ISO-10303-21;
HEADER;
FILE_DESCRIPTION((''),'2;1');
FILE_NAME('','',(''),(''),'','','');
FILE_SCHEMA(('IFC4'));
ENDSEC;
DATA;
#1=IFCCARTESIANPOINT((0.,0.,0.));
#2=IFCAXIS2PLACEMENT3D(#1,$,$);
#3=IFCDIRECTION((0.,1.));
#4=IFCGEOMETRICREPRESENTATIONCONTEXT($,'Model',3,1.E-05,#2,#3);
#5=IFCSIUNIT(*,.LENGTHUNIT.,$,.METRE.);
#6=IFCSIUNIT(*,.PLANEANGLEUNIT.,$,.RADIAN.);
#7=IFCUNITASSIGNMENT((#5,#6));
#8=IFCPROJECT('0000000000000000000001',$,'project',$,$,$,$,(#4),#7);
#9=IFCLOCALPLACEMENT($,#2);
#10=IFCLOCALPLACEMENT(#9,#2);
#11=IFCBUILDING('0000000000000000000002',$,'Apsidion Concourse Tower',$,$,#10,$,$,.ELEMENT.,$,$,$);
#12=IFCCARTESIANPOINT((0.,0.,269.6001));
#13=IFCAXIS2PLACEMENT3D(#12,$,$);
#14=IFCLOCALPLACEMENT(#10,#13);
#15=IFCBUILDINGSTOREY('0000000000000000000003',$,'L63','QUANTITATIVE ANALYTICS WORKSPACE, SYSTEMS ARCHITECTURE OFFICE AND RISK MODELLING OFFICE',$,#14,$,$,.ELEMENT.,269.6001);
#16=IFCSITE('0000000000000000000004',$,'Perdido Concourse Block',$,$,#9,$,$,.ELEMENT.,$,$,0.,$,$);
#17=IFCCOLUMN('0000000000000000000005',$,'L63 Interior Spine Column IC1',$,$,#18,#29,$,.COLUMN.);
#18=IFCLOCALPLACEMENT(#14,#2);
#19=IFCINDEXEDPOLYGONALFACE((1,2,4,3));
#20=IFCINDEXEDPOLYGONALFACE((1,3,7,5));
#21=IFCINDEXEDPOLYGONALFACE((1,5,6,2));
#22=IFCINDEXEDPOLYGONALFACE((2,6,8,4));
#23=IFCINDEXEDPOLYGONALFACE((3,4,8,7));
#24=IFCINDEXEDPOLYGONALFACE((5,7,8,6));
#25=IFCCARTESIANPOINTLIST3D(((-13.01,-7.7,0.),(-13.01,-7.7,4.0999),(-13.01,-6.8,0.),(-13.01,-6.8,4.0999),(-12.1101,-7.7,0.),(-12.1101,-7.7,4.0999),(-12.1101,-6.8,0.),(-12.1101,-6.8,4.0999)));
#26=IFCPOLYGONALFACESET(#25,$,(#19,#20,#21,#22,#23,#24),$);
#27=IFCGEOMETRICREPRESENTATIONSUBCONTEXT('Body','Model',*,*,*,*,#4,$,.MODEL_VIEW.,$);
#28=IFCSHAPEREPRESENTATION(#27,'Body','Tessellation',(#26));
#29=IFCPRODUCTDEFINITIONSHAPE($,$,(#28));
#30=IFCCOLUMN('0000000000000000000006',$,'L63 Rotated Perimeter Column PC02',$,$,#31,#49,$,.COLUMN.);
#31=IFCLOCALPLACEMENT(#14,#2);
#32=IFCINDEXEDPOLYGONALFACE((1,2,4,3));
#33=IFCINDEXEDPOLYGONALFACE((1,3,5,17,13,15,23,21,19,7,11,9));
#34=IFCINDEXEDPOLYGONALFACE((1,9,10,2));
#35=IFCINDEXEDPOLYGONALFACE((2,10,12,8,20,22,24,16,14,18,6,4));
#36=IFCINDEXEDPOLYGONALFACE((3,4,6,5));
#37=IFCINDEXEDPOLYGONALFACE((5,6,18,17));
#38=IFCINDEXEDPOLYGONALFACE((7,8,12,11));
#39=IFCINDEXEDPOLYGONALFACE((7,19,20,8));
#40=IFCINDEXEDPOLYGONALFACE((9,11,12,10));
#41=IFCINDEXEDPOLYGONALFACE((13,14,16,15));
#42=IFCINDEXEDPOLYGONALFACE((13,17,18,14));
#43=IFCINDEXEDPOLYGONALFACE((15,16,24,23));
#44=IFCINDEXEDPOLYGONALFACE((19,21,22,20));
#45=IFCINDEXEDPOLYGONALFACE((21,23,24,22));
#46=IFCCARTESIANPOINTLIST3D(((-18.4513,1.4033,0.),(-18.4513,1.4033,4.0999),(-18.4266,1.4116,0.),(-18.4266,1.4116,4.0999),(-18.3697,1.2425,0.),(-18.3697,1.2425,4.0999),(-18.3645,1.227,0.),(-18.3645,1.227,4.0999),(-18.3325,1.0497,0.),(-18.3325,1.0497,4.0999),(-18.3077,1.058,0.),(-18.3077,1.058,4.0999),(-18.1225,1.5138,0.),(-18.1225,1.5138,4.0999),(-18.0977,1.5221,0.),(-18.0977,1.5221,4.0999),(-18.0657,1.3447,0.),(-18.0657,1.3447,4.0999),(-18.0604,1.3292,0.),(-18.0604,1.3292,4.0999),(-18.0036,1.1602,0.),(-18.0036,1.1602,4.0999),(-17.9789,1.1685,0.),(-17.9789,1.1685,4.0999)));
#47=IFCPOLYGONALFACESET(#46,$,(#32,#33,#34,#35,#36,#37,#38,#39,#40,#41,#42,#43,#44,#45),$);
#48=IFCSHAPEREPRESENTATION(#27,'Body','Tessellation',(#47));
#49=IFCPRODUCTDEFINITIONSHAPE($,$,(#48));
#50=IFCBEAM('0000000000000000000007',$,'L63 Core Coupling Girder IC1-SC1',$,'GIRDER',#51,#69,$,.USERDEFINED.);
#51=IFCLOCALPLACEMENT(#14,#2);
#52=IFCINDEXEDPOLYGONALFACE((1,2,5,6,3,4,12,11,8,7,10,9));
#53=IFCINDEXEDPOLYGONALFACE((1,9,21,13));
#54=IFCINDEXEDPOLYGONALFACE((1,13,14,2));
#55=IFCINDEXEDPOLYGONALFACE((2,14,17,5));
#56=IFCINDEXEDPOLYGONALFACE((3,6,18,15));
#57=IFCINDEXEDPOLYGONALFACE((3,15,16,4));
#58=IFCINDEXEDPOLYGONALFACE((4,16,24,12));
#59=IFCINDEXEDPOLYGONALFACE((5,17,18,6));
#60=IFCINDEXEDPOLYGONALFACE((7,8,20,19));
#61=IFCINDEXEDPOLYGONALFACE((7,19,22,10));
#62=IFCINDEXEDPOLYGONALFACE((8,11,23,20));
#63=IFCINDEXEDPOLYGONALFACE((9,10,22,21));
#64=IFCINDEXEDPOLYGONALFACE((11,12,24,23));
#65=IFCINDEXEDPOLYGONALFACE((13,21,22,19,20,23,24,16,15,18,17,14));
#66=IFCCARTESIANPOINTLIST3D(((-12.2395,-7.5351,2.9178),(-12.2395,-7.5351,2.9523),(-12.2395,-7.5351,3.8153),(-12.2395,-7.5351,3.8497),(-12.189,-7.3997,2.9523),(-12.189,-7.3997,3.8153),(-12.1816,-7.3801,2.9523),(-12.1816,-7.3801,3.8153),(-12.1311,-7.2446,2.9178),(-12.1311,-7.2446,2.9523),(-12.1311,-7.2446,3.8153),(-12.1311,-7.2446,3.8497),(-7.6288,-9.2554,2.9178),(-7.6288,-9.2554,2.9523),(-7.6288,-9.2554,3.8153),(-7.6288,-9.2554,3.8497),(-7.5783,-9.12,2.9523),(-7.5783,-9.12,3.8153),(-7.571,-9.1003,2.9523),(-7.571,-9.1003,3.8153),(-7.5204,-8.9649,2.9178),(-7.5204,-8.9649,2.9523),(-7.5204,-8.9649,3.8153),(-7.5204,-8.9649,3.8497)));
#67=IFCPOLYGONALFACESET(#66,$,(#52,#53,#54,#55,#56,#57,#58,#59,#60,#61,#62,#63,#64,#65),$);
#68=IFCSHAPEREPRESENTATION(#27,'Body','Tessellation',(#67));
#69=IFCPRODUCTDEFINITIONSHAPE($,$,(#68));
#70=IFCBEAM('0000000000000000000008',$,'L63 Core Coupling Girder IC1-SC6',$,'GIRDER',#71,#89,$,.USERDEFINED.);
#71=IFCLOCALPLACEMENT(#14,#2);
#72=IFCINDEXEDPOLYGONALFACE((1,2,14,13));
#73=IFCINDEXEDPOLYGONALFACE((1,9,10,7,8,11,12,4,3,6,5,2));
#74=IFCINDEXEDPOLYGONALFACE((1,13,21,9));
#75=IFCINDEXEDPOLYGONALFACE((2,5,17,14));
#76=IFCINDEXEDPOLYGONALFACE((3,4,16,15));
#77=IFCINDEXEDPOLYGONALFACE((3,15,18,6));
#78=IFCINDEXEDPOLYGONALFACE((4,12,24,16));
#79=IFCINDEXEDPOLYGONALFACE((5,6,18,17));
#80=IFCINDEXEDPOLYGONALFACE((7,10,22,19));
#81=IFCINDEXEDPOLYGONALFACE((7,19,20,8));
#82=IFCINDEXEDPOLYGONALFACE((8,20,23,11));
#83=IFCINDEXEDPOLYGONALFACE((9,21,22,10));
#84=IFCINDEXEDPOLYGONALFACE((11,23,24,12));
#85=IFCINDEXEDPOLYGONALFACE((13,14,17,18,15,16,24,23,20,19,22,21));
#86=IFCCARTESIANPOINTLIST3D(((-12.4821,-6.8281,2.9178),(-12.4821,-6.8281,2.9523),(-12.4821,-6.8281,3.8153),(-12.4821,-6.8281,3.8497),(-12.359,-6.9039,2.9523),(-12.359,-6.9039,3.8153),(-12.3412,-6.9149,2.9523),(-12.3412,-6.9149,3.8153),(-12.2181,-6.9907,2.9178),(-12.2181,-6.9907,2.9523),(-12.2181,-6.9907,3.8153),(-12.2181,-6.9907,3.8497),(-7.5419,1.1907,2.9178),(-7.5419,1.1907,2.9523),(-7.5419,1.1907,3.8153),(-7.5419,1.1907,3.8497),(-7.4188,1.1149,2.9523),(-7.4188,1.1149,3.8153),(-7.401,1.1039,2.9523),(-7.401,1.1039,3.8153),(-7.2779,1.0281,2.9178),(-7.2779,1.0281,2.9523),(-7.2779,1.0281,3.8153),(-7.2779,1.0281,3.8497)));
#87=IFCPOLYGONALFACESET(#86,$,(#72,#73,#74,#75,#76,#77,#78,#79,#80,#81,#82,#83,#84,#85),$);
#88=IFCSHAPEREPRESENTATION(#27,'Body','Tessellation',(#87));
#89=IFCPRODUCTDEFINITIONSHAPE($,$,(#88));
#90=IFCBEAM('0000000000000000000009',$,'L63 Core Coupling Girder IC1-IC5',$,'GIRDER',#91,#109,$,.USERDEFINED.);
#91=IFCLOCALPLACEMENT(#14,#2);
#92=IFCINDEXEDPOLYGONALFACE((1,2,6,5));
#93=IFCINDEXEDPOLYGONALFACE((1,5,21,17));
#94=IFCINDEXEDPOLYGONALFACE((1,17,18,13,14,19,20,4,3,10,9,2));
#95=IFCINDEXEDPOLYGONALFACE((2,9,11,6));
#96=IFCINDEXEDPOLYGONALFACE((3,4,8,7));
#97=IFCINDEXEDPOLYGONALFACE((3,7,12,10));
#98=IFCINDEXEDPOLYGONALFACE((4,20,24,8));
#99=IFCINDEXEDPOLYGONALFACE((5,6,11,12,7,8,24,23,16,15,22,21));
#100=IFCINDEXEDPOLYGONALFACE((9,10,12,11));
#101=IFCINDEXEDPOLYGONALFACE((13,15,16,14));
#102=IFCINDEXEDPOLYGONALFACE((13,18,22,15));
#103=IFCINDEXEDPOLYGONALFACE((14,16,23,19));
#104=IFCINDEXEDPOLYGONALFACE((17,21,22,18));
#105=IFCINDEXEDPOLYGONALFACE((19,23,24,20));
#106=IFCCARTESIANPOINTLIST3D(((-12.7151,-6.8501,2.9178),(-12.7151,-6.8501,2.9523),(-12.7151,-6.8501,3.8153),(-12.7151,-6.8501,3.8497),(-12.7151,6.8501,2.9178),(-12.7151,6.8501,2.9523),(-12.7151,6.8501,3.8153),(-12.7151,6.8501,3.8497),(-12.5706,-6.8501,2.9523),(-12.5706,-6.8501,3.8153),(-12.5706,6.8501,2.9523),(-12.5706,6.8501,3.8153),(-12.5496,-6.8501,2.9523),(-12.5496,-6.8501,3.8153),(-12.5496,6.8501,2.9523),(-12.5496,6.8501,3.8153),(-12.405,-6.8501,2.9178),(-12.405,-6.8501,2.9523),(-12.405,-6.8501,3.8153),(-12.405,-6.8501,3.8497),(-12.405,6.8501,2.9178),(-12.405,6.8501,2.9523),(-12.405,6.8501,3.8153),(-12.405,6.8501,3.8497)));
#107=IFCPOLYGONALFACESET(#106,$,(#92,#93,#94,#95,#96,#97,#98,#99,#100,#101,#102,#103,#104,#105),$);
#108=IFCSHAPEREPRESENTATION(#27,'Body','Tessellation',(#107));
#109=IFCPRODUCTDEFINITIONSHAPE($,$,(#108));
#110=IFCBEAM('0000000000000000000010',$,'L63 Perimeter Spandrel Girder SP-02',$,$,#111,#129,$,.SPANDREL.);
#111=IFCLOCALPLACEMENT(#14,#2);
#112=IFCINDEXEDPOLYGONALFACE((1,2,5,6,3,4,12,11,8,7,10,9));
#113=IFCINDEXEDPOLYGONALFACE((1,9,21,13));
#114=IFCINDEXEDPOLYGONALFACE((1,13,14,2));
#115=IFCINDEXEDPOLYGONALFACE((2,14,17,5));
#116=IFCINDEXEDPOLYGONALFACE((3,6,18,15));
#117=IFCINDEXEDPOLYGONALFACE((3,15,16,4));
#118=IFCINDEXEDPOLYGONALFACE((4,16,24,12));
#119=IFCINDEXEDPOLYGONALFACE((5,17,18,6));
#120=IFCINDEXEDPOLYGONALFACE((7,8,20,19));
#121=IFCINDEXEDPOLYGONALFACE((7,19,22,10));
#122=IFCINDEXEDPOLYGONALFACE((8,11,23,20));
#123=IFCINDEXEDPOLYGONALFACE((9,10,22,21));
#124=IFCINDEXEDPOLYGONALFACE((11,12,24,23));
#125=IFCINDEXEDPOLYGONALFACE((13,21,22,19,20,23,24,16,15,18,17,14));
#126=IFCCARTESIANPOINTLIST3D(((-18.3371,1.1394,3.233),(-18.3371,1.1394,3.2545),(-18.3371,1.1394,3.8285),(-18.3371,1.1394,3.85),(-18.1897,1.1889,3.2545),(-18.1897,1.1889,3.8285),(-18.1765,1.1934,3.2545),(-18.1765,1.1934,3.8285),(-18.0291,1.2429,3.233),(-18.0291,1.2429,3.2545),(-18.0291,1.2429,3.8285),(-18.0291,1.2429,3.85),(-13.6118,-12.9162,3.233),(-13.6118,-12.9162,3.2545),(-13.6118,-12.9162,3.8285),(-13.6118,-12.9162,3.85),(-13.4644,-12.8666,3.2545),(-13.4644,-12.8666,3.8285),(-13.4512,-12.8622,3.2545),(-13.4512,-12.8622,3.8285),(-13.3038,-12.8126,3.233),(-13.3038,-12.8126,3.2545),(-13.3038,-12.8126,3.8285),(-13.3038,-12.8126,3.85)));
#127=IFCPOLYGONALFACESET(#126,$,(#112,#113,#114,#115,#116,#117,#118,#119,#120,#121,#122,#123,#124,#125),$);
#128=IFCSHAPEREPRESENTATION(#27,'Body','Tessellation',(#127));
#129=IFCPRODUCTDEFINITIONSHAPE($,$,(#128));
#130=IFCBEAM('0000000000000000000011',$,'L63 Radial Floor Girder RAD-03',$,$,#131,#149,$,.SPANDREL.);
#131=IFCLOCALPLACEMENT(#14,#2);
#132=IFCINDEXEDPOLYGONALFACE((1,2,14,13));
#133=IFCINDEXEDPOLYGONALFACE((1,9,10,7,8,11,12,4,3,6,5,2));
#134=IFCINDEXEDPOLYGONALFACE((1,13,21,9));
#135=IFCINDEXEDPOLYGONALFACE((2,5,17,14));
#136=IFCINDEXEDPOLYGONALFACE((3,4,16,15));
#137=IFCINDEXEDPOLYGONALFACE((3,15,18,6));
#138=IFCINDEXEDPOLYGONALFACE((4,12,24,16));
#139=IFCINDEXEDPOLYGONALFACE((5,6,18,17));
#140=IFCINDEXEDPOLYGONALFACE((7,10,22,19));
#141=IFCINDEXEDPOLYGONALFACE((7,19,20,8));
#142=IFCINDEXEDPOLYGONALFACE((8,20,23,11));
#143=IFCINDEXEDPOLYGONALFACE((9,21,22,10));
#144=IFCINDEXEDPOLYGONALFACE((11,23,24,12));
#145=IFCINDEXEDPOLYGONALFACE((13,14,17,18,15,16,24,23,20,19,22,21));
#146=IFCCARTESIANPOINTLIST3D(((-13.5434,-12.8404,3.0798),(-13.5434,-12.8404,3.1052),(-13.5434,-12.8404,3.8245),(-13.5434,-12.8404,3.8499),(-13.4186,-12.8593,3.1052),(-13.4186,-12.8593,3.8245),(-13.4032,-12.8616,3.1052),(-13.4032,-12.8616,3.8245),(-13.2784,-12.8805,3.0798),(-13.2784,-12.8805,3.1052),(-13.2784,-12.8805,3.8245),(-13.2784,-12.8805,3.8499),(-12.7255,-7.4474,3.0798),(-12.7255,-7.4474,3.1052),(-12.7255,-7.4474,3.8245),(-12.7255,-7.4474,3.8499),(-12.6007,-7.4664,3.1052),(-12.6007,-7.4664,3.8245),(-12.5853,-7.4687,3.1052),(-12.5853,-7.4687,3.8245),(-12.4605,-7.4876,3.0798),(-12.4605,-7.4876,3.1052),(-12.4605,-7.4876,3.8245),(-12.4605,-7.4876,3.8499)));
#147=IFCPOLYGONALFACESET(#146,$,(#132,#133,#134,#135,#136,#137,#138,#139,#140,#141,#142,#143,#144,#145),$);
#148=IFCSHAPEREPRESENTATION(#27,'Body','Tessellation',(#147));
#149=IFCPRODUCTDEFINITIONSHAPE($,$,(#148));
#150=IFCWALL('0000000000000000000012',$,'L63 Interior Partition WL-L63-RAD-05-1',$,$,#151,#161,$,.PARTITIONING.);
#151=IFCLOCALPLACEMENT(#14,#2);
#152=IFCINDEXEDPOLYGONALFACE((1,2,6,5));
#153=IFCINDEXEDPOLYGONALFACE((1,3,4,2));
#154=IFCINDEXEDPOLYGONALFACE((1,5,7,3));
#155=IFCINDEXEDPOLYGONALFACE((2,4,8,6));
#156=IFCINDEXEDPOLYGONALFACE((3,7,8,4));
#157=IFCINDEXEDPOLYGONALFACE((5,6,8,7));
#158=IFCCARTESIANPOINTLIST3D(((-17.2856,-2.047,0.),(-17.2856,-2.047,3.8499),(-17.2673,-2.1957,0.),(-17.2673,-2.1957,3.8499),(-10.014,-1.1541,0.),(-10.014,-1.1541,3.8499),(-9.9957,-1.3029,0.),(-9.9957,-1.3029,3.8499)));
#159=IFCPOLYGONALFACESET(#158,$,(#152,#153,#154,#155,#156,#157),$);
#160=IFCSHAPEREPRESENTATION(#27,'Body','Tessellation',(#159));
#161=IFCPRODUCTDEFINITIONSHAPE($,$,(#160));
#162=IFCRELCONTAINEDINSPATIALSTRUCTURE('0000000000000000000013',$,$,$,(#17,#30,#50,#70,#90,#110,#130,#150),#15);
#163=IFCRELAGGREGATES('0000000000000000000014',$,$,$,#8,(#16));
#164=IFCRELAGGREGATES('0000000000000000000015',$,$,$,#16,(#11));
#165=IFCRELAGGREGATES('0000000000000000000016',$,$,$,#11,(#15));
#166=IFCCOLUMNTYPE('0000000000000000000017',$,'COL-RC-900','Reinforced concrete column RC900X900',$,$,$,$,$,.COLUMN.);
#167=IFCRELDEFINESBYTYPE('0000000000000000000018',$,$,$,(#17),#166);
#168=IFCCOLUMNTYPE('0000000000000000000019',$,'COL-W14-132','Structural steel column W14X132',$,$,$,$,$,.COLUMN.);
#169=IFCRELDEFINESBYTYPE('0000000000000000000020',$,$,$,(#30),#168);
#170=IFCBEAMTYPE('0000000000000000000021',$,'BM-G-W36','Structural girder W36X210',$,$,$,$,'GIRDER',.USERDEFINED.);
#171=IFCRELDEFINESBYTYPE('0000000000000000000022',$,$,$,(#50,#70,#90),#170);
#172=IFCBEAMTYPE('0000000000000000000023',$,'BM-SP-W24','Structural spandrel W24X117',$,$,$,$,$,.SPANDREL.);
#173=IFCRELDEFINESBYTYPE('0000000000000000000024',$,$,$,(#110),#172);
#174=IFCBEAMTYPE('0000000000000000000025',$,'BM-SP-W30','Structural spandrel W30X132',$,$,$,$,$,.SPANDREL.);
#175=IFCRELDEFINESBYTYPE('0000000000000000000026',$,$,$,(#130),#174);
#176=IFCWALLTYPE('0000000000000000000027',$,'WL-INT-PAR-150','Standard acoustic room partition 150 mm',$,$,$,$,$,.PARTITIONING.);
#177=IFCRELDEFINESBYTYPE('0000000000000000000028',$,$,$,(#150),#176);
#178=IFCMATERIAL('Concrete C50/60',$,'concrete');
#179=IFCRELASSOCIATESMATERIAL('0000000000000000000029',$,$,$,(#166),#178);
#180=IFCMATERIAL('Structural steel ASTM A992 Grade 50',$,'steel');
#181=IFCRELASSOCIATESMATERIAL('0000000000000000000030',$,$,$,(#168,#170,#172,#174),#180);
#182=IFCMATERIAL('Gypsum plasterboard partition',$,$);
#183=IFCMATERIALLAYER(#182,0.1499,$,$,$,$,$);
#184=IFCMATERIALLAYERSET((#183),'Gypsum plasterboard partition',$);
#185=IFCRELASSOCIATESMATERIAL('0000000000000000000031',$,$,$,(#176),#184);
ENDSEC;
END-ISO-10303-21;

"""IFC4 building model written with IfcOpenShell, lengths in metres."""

from ifc_helpers import new_model, si_unit, direction, frame, frame_2d, origin, origin_2d, place, context, subcontext, project, spatial, rectangle, i_section, extrude, material, layer, layer_set, material_profile, profile_set, type_object, element, save


model = new_model("IFC4")

# Units and contexts
model_context = context("Model", 3, precision=1e-05, world=origin(), true_north=direction((0.0, 1.0)))
body_context = subcontext(model_context, "Body", "Model", "MODEL_VIEW")
ifc_project = project(units=[si_unit("LENGTHUNIT", "METRE"), si_unit("PLANEANGLEUNIT", "RADIAN")], contexts=[model_context])

# Site, building, storey
site_placement = place(None, origin())
site = spatial("IfcSite", under=ifc_project, at=site_placement, Name="Perdido Concourse Block", CompositionType="ELEMENT", RefElevation=0.0)
building_placement = place(site_placement, origin())
building = spatial("IfcBuilding", under=site, at=building_placement, Name="Apsidion Concourse Tower", CompositionType="ELEMENT")
storey_placement = place(building_placement, frame((0.0, 0.0, 269.6001)))
storey = spatial("IfcBuildingStorey", under=building, at=storey_placement, Name="L63", Description="QUANTITATIVE ANALYTICS WORKSPACE, SYSTEMS ARCHITECTURE OFFICE AND RISK MODELLING OFFICE", CompositionType="ELEMENT", Elevation=269.6001)

# Columns
ifc_material_1 = material(Name="Concrete C50/60", Category="concrete")
ifc_material_profile_1 = material_profile(ifc_material_1, rectangle(XDim=0.8999, YDim=0.8999, at=origin_2d()), Name="RC 900x900")
ifc_profile_set_1 = profile_set([ifc_material_profile_1], Name="Concrete C50/60")
column_type_1 = type_object("IfcColumnType", Name="COL-RC-900", Description="Reinforced concrete column RC900X900", PredefinedType="COLUMN", material=ifc_profile_set_1)
column_1_placement = place(storey_placement, frame((-12.5601, -7.25, 0.0), z_axis=(0.0, 0.0, 1.0), x_axis=(1.0, 0.0, 0.0)))
element("IfcColumn", 1, at=column_1_placement, inside=storey, type_object=column_type_1, Name="L63 Interior Spine Column IC1", PredefinedType="COLUMN", context=body_context, shape_type="SweptSolid", body=[
    extrude(rectangle(XDim=0.8999, YDim=0.8999, at=origin_2d()), origin(), (0.0, 0.0, 1.0), 4.0999),
])
ifc_material_2 = material(Name="Structural steel ASTM A992 Grade 50", Category="steel")
ifc_material_profile_2 = material_profile(ifc_material_2, i_section(OverallWidth=0.373, OverallDepth=0.373, WebThickness=0.0164, FlangeThickness=0.0261, at=origin_2d()), Name="W14X132")
ifc_profile_set_2 = profile_set([ifc_material_profile_2], Name="Structural steel ASTM A992 Grade 50")
column_type_2 = type_object("IfcColumnType", Name="COL-W14-132", Description="Structural steel column W14X132", PredefinedType="COLUMN", material=ifc_profile_set_2)
column_2_placement = place(storey_placement, frame((-18.2151, 1.2859, 0.0), z_axis=(0.0, 0.0, 1.0), x_axis=(-0.318628, 0.94788, 0.0)))
element("IfcColumn", 2, at=column_2_placement, inside=storey, type_object=column_type_2, Name="L63 Rotated Perimeter Column PC02", PredefinedType="COLUMN", context=body_context, shape_type="SweptSolid", body=[
    extrude(i_section(OverallWidth=0.373, OverallDepth=0.373, WebThickness=0.0164, FlangeThickness=0.0261, at=origin_2d()), origin(), (0.0, 0.0, 1.0), 4.0999),
])

# Beams
ifc_material_profile_3 = material_profile(ifc_material_2, i_section(OverallWidth=0.3101, OverallDepth=0.9319, WebThickness=0.021, FlangeThickness=0.0344, at=origin_2d()), Name="W36X210")
ifc_profile_set_3 = profile_set([ifc_material_profile_3], Name="Structural steel ASTM A992 Grade 50")
beam_type_1 = type_object("IfcBeamType", Name="BM-G-W36", Description="Structural girder W36X210", ElementType="GIRDER", PredefinedType="USERDEFINED", material=ifc_profile_set_3)
beam_1_placement = place(storey_placement, frame((-12.1853, -7.3899, 3.3838), z_axis=(0.936913, -0.349563, 0.0), x_axis=(0.349563, 0.936913, 0.0)))
element("IfcBeam", 3, at=beam_1_placement, inside=storey, type_object=beam_type_1, Name="L63 Core Coupling Girder IC1-SC1", ObjectType="GIRDER", PredefinedType="USERDEFINED", context=body_context, shape_type="SweptSolid", body=[
    extrude(i_section(OverallWidth=0.3101, OverallDepth=0.9319, WebThickness=0.021, FlangeThickness=0.0344, at=origin_2d()), origin(), (0.0, 0.0, 1.0), 4.9211),
])
beam_2_placement = place(storey_placement, frame((-12.3501, -6.9094, 3.3838), z_axis=(0.524524, 0.851396, 0.0), x_axis=(-0.851396, 0.524524, 0.0)))
element("IfcBeam", 4, at=beam_2_placement, inside=storey, type_object=beam_type_1, Name="L63 Core Coupling Girder IC1-SC6", ObjectType="GIRDER", PredefinedType="USERDEFINED", context=body_context, shape_type="SweptSolid", body=[
    extrude(i_section(OverallWidth=0.3101, OverallDepth=0.9319, WebThickness=0.021, FlangeThickness=0.0344, at=origin_2d()), origin(), (0.0, 0.0, 1.0), 9.4185),
])
beam_3_placement = place(storey_placement, frame((-12.5601, -6.8501, 3.3838), z_axis=(0.0, 1.0, 0.0), x_axis=(-1.0, 0.0, 0.0)))
element("IfcBeam", 5, at=beam_3_placement, inside=storey, type_object=beam_type_1, Name="L63 Core Coupling Girder IC1-IC5", ObjectType="GIRDER", PredefinedType="USERDEFINED", context=body_context, shape_type="SweptSolid", body=[
    extrude(i_section(OverallWidth=0.3101, OverallDepth=0.9319, WebThickness=0.021, FlangeThickness=0.0344, at=origin_2d()), origin(), (0.0, 0.0, 1.0), 13.7002),
])
ifc_material_profile_4 = material_profile(ifc_material_2, i_section(OverallWidth=0.325, OverallDepth=0.6169, WebThickness=0.0139, FlangeThickness=0.0215, at=origin_2d()), Name="W24X117")
ifc_profile_set_4 = profile_set([ifc_material_profile_4], Name="Structural steel ASTM A992 Grade 50")
beam_type_2 = type_object("IfcBeamType", Name="BM-SP-W24", Description="Structural spandrel W24X117", PredefinedType="SPANDREL", material=ifc_profile_set_4)
beam_4_placement = place(storey_placement, frame((-18.1831, 1.1912, 3.5415), z_axis=(0.318662, -0.947868, 0.0), x_axis=(0.947868, 0.318662, 0.0)))
element("IfcBeam", 6, at=beam_4_placement, inside=storey, type_object=beam_type_2, Name="L63 Perimeter Spandrel Girder SP-02", PredefinedType="SPANDREL", context=body_context, shape_type="SweptSolid", body=[
    extrude(i_section(OverallWidth=0.325, OverallDepth=0.6169, WebThickness=0.0139, FlangeThickness=0.0215, at=origin_2d()), origin(), (0.0, 0.0, 1.0), 14.8286),
])
ifc_material_profile_5 = material_profile(ifc_material_2, i_section(OverallWidth=0.2681, OverallDepth=0.77, WebThickness=0.0156, FlangeThickness=0.0254, at=origin_2d()), Name="W30X132")
ifc_profile_set_5 = profile_set([ifc_material_profile_5], Name="Structural steel ASTM A992 Grade 50")
beam_type_3 = type_object("IfcBeamType", Name="BM-SP-W30", Description="Structural spandrel W30X132", PredefinedType="SPANDREL", material=ifc_profile_set_5)
beam_5_placement = place(storey_placement, frame((-12.593, -7.4675, 3.4648), z_axis=(-0.149945, -0.988694, 0.0), x_axis=(0.988694, -0.149945, 0.0)))
element("IfcBeam", 7, at=beam_5_placement, inside=storey, type_object=beam_type_3, Name="L63 Radial Floor Girder RAD-03", PredefinedType="SPANDREL", context=body_context, shape_type="SweptSolid", body=[
    extrude(i_section(OverallWidth=0.2681, OverallDepth=0.77, WebThickness=0.0156, FlangeThickness=0.0254, at=origin_2d()), origin(), (0.0, 0.0, 1.0), 5.4546),
])

# Wall
ifc_material_3 = material(Name="Gypsum plasterboard partition")
ifc_layer_1 = layer(ifc_material_3, 0.1499)
ifc_layer_set_1 = layer_set([ifc_layer_1], Name="Gypsum plasterboard partition")
wall_type_1 = type_object("IfcWallType", Name="WL-INT-PAR-150", Description="Standard acoustic room partition 150 mm", PredefinedType="PARTITIONING", material=ifc_layer_set_1)
wall_1_placement = place(storey_placement, frame((-10.0049, -1.2285, 0.0), z_axis=(0.0, 0.0, 1.0), x_axis=(-0.992546, -0.121869, 0.0)))
element("IfcWall", 8, at=wall_1_placement, inside=storey, type_object=wall_type_1, Name="L63 Interior Partition WL-L63-RAD-05-1", PredefinedType="PARTITIONING", context=body_context, shape_type="SweptSolid", body=[
    extrude(rectangle(XDim=7.3262, YDim=0.1499, at=frame_2d((3.6631, 0.0))), origin(), (0.0, 0.0, 1.0), 3.8499),
])

save(model, "model.ifc")
